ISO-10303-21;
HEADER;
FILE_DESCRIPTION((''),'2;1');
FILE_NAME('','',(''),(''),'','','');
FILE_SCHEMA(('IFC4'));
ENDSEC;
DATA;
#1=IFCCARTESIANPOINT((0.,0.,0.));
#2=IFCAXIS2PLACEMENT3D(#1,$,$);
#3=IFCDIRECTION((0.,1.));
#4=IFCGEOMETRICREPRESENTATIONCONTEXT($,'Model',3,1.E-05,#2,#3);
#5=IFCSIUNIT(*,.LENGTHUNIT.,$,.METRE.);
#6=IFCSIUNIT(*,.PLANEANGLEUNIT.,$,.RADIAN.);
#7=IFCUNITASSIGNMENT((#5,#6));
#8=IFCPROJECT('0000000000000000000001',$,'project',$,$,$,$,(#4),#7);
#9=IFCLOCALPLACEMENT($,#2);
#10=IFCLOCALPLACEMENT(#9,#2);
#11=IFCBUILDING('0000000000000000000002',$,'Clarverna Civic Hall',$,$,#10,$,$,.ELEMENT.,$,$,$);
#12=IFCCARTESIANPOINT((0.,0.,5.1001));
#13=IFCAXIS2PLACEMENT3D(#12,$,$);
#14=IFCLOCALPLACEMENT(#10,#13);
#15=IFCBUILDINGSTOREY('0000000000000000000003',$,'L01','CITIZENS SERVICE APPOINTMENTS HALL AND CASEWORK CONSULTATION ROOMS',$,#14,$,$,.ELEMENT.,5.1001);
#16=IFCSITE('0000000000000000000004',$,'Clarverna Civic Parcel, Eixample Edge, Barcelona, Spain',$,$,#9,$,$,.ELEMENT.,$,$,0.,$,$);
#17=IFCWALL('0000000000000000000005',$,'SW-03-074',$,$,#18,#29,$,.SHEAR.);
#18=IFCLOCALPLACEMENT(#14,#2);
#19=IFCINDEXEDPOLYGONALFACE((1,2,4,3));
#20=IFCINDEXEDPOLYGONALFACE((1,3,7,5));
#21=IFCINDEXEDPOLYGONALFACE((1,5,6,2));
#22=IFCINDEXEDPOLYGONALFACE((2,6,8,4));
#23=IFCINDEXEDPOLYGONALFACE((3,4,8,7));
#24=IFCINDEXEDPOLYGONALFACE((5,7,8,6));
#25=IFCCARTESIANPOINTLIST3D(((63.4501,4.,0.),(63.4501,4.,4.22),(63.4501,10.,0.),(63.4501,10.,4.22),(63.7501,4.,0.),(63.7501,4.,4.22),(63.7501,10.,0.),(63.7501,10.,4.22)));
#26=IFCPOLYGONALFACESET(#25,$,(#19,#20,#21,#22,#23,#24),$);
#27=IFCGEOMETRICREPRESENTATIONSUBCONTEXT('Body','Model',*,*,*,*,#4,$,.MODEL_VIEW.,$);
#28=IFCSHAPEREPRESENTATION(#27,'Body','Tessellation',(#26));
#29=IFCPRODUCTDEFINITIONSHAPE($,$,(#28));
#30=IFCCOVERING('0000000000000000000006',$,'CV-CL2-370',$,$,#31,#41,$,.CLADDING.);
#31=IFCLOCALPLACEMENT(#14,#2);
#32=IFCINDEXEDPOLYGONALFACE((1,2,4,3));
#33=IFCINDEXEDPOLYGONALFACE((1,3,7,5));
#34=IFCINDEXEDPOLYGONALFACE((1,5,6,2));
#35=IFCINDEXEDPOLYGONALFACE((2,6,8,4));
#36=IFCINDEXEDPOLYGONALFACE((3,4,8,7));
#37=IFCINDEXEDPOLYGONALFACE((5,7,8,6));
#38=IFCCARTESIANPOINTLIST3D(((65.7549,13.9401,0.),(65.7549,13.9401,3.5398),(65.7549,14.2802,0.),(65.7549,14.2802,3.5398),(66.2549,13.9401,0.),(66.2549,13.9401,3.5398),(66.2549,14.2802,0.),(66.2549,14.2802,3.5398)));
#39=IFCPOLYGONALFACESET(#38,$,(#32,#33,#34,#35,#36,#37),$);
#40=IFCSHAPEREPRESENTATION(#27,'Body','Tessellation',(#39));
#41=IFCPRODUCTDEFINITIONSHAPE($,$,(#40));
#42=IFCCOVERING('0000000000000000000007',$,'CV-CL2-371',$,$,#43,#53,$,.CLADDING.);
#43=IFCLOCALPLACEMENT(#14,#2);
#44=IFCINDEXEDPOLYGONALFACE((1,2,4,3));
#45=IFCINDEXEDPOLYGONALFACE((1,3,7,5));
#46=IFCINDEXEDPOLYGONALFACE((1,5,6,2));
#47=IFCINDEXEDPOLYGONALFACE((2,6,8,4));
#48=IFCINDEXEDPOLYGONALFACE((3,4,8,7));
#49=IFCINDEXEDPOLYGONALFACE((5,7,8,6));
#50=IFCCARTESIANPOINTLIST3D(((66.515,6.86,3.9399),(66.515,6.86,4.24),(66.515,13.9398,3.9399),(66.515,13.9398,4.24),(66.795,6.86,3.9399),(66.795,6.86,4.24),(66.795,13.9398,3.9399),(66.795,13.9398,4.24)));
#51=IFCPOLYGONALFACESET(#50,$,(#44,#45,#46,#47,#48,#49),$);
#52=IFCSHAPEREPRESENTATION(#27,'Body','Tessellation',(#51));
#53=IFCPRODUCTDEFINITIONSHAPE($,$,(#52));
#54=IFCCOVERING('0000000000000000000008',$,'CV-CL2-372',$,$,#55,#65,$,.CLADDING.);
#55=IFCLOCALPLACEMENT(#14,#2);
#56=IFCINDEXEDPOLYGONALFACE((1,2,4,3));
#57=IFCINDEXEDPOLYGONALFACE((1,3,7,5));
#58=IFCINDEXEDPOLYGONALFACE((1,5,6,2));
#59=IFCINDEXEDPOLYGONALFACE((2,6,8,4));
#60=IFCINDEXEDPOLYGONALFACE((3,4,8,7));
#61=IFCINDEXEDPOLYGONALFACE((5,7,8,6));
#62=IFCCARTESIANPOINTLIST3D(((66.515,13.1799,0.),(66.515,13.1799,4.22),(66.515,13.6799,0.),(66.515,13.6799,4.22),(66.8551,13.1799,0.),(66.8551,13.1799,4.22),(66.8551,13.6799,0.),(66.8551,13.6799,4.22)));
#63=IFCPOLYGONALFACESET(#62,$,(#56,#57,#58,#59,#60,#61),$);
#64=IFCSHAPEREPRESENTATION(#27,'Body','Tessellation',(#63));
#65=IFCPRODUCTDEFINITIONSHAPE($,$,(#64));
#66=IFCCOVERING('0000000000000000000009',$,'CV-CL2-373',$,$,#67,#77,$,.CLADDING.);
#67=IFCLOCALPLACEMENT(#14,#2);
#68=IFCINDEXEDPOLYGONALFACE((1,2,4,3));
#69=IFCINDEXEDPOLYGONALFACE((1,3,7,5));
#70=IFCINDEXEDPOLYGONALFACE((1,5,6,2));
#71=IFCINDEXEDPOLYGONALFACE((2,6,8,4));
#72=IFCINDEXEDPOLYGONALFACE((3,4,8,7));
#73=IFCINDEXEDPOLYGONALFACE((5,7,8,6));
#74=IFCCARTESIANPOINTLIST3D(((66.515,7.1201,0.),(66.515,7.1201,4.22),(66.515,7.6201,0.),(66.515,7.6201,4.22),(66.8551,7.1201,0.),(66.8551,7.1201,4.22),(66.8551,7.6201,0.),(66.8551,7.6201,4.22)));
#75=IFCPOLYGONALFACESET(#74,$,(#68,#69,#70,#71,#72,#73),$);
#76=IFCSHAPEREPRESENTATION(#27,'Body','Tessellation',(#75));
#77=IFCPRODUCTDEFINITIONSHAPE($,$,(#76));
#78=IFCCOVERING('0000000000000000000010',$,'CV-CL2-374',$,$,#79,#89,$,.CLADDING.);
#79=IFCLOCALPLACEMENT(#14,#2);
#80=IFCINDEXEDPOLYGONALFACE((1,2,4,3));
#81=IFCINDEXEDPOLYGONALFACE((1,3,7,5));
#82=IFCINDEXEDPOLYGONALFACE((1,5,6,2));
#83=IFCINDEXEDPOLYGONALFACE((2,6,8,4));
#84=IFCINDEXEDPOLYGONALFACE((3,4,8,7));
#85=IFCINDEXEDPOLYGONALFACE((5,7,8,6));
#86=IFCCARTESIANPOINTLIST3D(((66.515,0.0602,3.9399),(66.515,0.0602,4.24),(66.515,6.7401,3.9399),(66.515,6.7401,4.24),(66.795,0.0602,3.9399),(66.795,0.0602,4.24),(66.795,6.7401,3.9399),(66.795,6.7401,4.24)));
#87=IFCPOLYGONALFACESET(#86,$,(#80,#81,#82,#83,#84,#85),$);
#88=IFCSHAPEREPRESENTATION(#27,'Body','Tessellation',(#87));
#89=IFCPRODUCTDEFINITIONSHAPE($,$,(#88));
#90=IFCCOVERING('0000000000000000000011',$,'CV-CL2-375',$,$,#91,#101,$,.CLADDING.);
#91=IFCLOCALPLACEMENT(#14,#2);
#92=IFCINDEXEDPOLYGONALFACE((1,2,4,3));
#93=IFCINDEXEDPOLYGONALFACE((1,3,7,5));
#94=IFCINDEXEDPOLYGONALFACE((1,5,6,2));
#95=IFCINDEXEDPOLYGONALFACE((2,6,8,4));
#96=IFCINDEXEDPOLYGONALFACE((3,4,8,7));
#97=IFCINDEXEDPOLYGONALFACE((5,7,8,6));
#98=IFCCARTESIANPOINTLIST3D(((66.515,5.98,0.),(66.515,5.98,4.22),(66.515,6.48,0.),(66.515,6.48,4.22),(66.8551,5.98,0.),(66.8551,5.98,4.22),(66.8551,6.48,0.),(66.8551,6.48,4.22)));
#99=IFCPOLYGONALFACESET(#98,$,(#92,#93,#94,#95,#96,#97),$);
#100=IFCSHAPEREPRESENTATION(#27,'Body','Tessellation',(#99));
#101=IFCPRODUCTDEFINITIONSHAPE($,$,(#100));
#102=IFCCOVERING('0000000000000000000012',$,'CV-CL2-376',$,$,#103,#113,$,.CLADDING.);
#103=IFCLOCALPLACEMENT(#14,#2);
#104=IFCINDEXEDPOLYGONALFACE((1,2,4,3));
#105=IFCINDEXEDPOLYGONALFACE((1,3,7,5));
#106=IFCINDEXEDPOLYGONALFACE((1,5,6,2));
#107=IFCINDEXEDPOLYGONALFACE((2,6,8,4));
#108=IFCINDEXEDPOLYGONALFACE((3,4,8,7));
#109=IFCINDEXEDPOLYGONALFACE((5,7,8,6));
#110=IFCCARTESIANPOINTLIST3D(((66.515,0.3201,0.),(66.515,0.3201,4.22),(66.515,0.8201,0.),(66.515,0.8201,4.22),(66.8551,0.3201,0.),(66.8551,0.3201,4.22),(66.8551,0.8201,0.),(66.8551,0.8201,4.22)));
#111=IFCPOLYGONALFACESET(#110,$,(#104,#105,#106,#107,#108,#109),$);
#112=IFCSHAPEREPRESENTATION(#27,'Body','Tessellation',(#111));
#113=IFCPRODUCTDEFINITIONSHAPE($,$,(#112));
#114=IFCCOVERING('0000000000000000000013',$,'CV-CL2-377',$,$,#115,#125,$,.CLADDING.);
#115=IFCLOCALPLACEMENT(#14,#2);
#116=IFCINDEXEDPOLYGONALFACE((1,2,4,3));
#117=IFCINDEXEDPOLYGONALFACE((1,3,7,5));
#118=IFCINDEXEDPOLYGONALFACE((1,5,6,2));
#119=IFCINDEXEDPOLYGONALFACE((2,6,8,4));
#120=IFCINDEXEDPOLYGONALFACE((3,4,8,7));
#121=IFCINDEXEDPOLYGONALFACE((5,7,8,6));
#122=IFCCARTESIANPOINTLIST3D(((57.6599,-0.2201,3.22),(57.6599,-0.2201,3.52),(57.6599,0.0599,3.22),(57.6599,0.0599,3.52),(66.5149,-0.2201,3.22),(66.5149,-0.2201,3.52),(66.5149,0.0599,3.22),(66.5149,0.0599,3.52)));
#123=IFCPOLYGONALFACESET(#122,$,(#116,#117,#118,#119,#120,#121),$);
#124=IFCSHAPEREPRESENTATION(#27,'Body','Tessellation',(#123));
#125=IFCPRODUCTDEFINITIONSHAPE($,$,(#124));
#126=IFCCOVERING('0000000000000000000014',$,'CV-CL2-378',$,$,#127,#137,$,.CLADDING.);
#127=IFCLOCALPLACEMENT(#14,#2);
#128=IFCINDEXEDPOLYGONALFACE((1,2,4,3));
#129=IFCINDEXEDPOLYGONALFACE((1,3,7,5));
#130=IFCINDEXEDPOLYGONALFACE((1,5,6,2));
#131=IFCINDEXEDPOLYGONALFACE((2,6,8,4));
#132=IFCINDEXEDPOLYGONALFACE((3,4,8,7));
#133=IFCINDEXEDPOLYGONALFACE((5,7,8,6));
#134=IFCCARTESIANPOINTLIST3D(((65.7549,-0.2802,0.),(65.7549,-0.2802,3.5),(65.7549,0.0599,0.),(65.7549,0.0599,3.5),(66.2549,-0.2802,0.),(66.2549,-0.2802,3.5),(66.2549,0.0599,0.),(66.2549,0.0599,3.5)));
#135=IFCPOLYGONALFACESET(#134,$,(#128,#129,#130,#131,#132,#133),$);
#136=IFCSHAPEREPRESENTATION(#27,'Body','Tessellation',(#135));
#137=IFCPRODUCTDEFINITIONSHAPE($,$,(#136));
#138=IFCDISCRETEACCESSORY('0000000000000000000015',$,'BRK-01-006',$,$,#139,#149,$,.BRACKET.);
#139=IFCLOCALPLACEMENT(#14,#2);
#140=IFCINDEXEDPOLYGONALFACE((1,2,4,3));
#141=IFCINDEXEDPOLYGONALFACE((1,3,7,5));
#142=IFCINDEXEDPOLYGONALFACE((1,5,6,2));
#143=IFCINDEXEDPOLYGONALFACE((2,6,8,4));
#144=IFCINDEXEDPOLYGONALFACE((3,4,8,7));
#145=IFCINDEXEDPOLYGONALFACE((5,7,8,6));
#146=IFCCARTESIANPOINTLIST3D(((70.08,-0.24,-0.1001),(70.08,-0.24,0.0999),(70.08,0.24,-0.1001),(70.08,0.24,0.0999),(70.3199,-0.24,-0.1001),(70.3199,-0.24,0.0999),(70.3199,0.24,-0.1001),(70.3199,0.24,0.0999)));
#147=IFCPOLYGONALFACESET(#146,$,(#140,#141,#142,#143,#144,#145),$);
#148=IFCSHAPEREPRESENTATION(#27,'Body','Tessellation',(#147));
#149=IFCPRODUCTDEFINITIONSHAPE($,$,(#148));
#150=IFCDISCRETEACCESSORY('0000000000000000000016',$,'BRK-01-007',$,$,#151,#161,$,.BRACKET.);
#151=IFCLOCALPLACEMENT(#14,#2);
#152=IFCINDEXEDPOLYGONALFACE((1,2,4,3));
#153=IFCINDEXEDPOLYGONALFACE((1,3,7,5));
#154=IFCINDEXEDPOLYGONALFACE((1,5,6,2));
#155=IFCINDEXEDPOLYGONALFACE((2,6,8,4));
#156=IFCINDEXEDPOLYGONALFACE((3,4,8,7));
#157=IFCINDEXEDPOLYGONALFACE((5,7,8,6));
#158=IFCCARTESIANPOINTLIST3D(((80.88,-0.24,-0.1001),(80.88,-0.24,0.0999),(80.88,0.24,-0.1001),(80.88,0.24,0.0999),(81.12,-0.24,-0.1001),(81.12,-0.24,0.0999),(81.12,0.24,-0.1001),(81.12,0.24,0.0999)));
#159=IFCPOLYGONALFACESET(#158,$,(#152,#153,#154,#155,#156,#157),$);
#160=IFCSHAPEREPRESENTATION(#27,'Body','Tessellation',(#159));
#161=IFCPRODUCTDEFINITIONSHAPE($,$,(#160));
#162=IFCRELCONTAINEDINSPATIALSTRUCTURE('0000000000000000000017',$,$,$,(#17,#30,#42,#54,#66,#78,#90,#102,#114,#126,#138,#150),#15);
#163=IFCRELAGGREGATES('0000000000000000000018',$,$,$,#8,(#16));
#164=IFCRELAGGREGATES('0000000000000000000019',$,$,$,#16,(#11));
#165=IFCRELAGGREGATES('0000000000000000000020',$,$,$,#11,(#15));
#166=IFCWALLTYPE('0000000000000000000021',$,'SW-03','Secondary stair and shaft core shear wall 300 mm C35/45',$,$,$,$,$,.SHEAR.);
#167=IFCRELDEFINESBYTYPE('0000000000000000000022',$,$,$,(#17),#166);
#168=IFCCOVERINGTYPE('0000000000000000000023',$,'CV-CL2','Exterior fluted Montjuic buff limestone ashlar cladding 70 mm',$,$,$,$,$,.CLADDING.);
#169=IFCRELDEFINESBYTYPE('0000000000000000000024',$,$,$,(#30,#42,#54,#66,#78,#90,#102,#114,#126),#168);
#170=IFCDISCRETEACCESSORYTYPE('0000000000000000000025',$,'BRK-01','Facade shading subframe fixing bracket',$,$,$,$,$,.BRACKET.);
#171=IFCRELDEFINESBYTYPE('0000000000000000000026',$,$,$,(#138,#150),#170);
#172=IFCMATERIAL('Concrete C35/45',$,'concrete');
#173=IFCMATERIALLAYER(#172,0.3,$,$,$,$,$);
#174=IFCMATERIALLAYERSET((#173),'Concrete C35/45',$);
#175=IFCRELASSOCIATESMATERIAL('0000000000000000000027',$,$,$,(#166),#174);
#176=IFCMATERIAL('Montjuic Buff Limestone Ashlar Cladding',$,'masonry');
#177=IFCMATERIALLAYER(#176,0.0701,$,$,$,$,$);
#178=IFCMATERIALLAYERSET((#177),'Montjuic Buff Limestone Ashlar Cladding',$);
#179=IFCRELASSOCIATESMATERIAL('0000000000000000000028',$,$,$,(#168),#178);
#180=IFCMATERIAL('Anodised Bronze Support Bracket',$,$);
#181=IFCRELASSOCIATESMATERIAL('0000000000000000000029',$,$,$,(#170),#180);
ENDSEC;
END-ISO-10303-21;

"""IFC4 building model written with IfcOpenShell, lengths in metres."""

from ifc_helpers import new_model, si_unit, direction, frame, frame_2d, origin, origin_2d, place, context, subcontext, project, spatial, rectangle, extrude, material, layer, layer_set, type_object, element, save


model = new_model("IFC4")

# Units and contexts
model_context = context("Model", 3, precision=1e-05, world=origin(), true_north=direction((0.0, 1.0)))
body_context = subcontext(model_context, "Body", "Model", "MODEL_VIEW")
ifc_project = project(units=[si_unit("LENGTHUNIT", "METRE"), si_unit("PLANEANGLEUNIT", "RADIAN")], contexts=[model_context])

# Site, building, storey
site_placement = place(None, origin())
site = spatial("IfcSite", under=ifc_project, at=site_placement, Name="Clarverna Civic Parcel, Eixample Edge, Barcelona, Spain", CompositionType="ELEMENT", RefElevation=0.0)
building_placement = place(site_placement, origin())
building = spatial("IfcBuilding", under=site, at=building_placement, Name="Clarverna Civic Hall", CompositionType="ELEMENT")
storey_placement = place(building_placement, frame((0.0, 0.0, 5.1001)))
storey = spatial("IfcBuildingStorey", under=building, at=storey_placement, Name="L01", Description="CITIZENS SERVICE APPOINTMENTS HALL AND CASEWORK CONSULTATION ROOMS", CompositionType="ELEMENT", Elevation=5.1001)

# Wall
ifc_material_1 = material(Name="Concrete C35/45", Category="concrete")
ifc_layer_1 = layer(ifc_material_1, 0.3)
ifc_layer_set_1 = layer_set([ifc_layer_1], Name="Concrete C35/45")
wall_type_1 = type_object("IfcWallType", Name="SW-03", Description="Secondary stair and shaft core shear wall 300 mm C35/45", PredefinedType="SHEAR", material=ifc_layer_set_1)
wall_1_placement = place(storey_placement, frame((63.6001, 4.0, 0.0), z_axis=(0.0, 0.0, 1.0), x_axis=(0.0, 1.0, 0.0)))
element("IfcWall", 1, at=wall_1_placement, inside=storey, type_object=wall_type_1, Name="SW-03-074", PredefinedType="SHEAR", context=body_context, shape_type="SweptSolid", body=[
    extrude(rectangle(XDim=6.0, YDim=0.3, at=frame_2d((3.0, 0.0))), origin(), (0.0, 0.0, 1.0), 4.22),
])

# Coverings
ifc_material_2 = material(Name="Montjuic Buff Limestone Ashlar Cladding", Category="masonry")
ifc_layer_2 = layer(ifc_material_2, 0.0701)
ifc_layer_set_2 = layer_set([ifc_layer_2], Name="Montjuic Buff Limestone Ashlar Cladding")
covering_type = type_object("IfcCoveringType", Name="CV-CL2", Description="Exterior fluted Montjuic buff limestone ashlar cladding 70 mm", PredefinedType="CLADDING", material=ifc_layer_set_2)
covering_1_placement = place(storey_placement, frame((65.7549, 14.1101, 0.0), z_axis=(0.0, 0.0, 1.0), x_axis=(1.0, 0.0, 0.0)))
element("IfcCovering", 2, at=covering_1_placement, inside=storey, type_object=covering_type, Name="CV-CL2-370", PredefinedType="CLADDING", context=body_context, shape_type="SweptSolid", body=[
    extrude(rectangle(XDim=0.5, YDim=0.3401, at=frame_2d((0.25, 0.0))), origin(), (0.0, 0.0, 1.0), 3.5398),
])
covering_2_placement = place(storey_placement, frame((66.655, 13.9399, 3.9399), z_axis=(0.0, 0.0, 1.0), x_axis=(0.0, -1.0, 0.0)))
element("IfcCovering", 3, at=covering_2_placement, inside=storey, type_object=covering_type, Name="CV-CL2-371", PredefinedType="CLADDING", context=body_context, shape_type="SweptSolid", body=[
    extrude(rectangle(XDim=7.0798, YDim=0.28, at=frame_2d((3.54, 0.0))), origin(), (0.0, 0.0, 1.0), 0.3),
])
for number, where, z_axis, x_axis, name in (
    (4, (66.6851, 13.6799, 0.0), (0.0, 0.0, 1.0), (0.0, -1.0, 0.0), "CV-CL2-372"),
    (5, (66.6851, 7.6201, 0.0), (0.0, 0.0, 1.0), (0.0, -1.0, 0.0), "CV-CL2-373"),
):
    element("IfcCovering", number, at=place(storey_placement, frame(where, z_axis=z_axis, x_axis=x_axis)), inside=storey, type_object=covering_type, Name=name, PredefinedType="CLADDING", context=body_context, shape_type="SweptSolid", body=[
        extrude(rectangle(XDim=0.5, YDim=0.3401, at=frame_2d((0.25, 0.0))), origin(), (0.0, 0.0, 1.0), 4.22),
    ])
covering_3_placement = place(storey_placement, frame((66.655, 6.74, 3.9399), z_axis=(0.0, 0.0, 1.0), x_axis=(0.0, -1.0, 0.0)))
element("IfcCovering", 6, at=covering_3_placement, inside=storey, type_object=covering_type, Name="CV-CL2-374", PredefinedType="CLADDING", context=body_context, shape_type="SweptSolid", body=[
    extrude(rectangle(XDim=6.6799, YDim=0.28, at=frame_2d((3.3398, 0.0))), origin(), (0.0, 0.0, 1.0), 0.3),
])
for number, where, z_axis, x_axis, name in (
    (7, (66.6851, 6.48, 0.0), (0.0, 0.0, 1.0), (0.0, -1.0, 0.0), "CV-CL2-375"),
    (8, (66.6851, 0.8201, 0.0), (0.0, 0.0, 1.0), (0.0, -1.0, 0.0), "CV-CL2-376"),
):
    element("IfcCovering", number, at=place(storey_placement, frame(where, z_axis=z_axis, x_axis=x_axis)), inside=storey, type_object=covering_type, Name=name, PredefinedType="CLADDING", context=body_context, shape_type="SweptSolid", body=[
        extrude(rectangle(XDim=0.5, YDim=0.3401, at=frame_2d((0.25, 0.0))), origin(), (0.0, 0.0, 1.0), 4.22),
    ])
covering_4_placement = place(storey_placement, frame((66.5149, -0.0801, 3.22), z_axis=(0.0, 0.0, 1.0), x_axis=(-1.0, 0.0, 0.0)))
element("IfcCovering", 9, at=covering_4_placement, inside=storey, type_object=covering_type, Name="CV-CL2-377", PredefinedType="CLADDING", context=body_context, shape_type="SweptSolid", body=[
    extrude(rectangle(XDim=8.855, YDim=0.28, at=frame_2d((4.4275, 0.0))), origin(), (0.0, 0.0, 1.0), 0.3),
])
covering_5_placement = place(storey_placement, frame((66.2549, -0.1101, 0.0), z_axis=(0.0, 0.0, 1.0), x_axis=(-1.0, 0.0, 0.0)))
element("IfcCovering", 10, at=covering_5_placement, inside=storey, type_object=covering_type, Name="CV-CL2-378", PredefinedType="CLADDING", context=body_context, shape_type="SweptSolid", body=[
    extrude(rectangle(XDim=0.5, YDim=0.3401, at=frame_2d((0.25, 0.0))), origin(), (0.0, 0.0, 1.0), 3.5),
])

# Discrete accessories
ifc_material_3 = material(Name="Anodised Bronze Support Bracket")
discrete_accessory_type = type_object("IfcDiscreteAccessoryType", Name="BRK-01", Description="Facade shading subframe fixing bracket", PredefinedType="BRACKET", material=ifc_material_3)
for number, where, z_axis, x_axis, name in (
    (11, (70.2, 0.0, -0.1001), (0.0, 0.0, 1.0), (1.0, 0.0, 0.0), "BRK-01-006"),
    (12, (81.0, 0.0, -0.1001), (0.0, 0.0, 1.0), (1.0, 0.0, 0.0), "BRK-01-007"),
):
    element("IfcDiscreteAccessory", number, at=place(storey_placement, frame(where, z_axis=z_axis, x_axis=x_axis)), inside=storey, type_object=discrete_accessory_type, Name=name, PredefinedType="BRACKET", context=body_context, shape_type="SweptSolid", body=[
        extrude(rectangle(XDim=0.24, YDim=0.48, at=origin_2d()), origin(), (0.0, 0.0, 1.0), 0.2),
    ])

save(model, "model.ifc")
